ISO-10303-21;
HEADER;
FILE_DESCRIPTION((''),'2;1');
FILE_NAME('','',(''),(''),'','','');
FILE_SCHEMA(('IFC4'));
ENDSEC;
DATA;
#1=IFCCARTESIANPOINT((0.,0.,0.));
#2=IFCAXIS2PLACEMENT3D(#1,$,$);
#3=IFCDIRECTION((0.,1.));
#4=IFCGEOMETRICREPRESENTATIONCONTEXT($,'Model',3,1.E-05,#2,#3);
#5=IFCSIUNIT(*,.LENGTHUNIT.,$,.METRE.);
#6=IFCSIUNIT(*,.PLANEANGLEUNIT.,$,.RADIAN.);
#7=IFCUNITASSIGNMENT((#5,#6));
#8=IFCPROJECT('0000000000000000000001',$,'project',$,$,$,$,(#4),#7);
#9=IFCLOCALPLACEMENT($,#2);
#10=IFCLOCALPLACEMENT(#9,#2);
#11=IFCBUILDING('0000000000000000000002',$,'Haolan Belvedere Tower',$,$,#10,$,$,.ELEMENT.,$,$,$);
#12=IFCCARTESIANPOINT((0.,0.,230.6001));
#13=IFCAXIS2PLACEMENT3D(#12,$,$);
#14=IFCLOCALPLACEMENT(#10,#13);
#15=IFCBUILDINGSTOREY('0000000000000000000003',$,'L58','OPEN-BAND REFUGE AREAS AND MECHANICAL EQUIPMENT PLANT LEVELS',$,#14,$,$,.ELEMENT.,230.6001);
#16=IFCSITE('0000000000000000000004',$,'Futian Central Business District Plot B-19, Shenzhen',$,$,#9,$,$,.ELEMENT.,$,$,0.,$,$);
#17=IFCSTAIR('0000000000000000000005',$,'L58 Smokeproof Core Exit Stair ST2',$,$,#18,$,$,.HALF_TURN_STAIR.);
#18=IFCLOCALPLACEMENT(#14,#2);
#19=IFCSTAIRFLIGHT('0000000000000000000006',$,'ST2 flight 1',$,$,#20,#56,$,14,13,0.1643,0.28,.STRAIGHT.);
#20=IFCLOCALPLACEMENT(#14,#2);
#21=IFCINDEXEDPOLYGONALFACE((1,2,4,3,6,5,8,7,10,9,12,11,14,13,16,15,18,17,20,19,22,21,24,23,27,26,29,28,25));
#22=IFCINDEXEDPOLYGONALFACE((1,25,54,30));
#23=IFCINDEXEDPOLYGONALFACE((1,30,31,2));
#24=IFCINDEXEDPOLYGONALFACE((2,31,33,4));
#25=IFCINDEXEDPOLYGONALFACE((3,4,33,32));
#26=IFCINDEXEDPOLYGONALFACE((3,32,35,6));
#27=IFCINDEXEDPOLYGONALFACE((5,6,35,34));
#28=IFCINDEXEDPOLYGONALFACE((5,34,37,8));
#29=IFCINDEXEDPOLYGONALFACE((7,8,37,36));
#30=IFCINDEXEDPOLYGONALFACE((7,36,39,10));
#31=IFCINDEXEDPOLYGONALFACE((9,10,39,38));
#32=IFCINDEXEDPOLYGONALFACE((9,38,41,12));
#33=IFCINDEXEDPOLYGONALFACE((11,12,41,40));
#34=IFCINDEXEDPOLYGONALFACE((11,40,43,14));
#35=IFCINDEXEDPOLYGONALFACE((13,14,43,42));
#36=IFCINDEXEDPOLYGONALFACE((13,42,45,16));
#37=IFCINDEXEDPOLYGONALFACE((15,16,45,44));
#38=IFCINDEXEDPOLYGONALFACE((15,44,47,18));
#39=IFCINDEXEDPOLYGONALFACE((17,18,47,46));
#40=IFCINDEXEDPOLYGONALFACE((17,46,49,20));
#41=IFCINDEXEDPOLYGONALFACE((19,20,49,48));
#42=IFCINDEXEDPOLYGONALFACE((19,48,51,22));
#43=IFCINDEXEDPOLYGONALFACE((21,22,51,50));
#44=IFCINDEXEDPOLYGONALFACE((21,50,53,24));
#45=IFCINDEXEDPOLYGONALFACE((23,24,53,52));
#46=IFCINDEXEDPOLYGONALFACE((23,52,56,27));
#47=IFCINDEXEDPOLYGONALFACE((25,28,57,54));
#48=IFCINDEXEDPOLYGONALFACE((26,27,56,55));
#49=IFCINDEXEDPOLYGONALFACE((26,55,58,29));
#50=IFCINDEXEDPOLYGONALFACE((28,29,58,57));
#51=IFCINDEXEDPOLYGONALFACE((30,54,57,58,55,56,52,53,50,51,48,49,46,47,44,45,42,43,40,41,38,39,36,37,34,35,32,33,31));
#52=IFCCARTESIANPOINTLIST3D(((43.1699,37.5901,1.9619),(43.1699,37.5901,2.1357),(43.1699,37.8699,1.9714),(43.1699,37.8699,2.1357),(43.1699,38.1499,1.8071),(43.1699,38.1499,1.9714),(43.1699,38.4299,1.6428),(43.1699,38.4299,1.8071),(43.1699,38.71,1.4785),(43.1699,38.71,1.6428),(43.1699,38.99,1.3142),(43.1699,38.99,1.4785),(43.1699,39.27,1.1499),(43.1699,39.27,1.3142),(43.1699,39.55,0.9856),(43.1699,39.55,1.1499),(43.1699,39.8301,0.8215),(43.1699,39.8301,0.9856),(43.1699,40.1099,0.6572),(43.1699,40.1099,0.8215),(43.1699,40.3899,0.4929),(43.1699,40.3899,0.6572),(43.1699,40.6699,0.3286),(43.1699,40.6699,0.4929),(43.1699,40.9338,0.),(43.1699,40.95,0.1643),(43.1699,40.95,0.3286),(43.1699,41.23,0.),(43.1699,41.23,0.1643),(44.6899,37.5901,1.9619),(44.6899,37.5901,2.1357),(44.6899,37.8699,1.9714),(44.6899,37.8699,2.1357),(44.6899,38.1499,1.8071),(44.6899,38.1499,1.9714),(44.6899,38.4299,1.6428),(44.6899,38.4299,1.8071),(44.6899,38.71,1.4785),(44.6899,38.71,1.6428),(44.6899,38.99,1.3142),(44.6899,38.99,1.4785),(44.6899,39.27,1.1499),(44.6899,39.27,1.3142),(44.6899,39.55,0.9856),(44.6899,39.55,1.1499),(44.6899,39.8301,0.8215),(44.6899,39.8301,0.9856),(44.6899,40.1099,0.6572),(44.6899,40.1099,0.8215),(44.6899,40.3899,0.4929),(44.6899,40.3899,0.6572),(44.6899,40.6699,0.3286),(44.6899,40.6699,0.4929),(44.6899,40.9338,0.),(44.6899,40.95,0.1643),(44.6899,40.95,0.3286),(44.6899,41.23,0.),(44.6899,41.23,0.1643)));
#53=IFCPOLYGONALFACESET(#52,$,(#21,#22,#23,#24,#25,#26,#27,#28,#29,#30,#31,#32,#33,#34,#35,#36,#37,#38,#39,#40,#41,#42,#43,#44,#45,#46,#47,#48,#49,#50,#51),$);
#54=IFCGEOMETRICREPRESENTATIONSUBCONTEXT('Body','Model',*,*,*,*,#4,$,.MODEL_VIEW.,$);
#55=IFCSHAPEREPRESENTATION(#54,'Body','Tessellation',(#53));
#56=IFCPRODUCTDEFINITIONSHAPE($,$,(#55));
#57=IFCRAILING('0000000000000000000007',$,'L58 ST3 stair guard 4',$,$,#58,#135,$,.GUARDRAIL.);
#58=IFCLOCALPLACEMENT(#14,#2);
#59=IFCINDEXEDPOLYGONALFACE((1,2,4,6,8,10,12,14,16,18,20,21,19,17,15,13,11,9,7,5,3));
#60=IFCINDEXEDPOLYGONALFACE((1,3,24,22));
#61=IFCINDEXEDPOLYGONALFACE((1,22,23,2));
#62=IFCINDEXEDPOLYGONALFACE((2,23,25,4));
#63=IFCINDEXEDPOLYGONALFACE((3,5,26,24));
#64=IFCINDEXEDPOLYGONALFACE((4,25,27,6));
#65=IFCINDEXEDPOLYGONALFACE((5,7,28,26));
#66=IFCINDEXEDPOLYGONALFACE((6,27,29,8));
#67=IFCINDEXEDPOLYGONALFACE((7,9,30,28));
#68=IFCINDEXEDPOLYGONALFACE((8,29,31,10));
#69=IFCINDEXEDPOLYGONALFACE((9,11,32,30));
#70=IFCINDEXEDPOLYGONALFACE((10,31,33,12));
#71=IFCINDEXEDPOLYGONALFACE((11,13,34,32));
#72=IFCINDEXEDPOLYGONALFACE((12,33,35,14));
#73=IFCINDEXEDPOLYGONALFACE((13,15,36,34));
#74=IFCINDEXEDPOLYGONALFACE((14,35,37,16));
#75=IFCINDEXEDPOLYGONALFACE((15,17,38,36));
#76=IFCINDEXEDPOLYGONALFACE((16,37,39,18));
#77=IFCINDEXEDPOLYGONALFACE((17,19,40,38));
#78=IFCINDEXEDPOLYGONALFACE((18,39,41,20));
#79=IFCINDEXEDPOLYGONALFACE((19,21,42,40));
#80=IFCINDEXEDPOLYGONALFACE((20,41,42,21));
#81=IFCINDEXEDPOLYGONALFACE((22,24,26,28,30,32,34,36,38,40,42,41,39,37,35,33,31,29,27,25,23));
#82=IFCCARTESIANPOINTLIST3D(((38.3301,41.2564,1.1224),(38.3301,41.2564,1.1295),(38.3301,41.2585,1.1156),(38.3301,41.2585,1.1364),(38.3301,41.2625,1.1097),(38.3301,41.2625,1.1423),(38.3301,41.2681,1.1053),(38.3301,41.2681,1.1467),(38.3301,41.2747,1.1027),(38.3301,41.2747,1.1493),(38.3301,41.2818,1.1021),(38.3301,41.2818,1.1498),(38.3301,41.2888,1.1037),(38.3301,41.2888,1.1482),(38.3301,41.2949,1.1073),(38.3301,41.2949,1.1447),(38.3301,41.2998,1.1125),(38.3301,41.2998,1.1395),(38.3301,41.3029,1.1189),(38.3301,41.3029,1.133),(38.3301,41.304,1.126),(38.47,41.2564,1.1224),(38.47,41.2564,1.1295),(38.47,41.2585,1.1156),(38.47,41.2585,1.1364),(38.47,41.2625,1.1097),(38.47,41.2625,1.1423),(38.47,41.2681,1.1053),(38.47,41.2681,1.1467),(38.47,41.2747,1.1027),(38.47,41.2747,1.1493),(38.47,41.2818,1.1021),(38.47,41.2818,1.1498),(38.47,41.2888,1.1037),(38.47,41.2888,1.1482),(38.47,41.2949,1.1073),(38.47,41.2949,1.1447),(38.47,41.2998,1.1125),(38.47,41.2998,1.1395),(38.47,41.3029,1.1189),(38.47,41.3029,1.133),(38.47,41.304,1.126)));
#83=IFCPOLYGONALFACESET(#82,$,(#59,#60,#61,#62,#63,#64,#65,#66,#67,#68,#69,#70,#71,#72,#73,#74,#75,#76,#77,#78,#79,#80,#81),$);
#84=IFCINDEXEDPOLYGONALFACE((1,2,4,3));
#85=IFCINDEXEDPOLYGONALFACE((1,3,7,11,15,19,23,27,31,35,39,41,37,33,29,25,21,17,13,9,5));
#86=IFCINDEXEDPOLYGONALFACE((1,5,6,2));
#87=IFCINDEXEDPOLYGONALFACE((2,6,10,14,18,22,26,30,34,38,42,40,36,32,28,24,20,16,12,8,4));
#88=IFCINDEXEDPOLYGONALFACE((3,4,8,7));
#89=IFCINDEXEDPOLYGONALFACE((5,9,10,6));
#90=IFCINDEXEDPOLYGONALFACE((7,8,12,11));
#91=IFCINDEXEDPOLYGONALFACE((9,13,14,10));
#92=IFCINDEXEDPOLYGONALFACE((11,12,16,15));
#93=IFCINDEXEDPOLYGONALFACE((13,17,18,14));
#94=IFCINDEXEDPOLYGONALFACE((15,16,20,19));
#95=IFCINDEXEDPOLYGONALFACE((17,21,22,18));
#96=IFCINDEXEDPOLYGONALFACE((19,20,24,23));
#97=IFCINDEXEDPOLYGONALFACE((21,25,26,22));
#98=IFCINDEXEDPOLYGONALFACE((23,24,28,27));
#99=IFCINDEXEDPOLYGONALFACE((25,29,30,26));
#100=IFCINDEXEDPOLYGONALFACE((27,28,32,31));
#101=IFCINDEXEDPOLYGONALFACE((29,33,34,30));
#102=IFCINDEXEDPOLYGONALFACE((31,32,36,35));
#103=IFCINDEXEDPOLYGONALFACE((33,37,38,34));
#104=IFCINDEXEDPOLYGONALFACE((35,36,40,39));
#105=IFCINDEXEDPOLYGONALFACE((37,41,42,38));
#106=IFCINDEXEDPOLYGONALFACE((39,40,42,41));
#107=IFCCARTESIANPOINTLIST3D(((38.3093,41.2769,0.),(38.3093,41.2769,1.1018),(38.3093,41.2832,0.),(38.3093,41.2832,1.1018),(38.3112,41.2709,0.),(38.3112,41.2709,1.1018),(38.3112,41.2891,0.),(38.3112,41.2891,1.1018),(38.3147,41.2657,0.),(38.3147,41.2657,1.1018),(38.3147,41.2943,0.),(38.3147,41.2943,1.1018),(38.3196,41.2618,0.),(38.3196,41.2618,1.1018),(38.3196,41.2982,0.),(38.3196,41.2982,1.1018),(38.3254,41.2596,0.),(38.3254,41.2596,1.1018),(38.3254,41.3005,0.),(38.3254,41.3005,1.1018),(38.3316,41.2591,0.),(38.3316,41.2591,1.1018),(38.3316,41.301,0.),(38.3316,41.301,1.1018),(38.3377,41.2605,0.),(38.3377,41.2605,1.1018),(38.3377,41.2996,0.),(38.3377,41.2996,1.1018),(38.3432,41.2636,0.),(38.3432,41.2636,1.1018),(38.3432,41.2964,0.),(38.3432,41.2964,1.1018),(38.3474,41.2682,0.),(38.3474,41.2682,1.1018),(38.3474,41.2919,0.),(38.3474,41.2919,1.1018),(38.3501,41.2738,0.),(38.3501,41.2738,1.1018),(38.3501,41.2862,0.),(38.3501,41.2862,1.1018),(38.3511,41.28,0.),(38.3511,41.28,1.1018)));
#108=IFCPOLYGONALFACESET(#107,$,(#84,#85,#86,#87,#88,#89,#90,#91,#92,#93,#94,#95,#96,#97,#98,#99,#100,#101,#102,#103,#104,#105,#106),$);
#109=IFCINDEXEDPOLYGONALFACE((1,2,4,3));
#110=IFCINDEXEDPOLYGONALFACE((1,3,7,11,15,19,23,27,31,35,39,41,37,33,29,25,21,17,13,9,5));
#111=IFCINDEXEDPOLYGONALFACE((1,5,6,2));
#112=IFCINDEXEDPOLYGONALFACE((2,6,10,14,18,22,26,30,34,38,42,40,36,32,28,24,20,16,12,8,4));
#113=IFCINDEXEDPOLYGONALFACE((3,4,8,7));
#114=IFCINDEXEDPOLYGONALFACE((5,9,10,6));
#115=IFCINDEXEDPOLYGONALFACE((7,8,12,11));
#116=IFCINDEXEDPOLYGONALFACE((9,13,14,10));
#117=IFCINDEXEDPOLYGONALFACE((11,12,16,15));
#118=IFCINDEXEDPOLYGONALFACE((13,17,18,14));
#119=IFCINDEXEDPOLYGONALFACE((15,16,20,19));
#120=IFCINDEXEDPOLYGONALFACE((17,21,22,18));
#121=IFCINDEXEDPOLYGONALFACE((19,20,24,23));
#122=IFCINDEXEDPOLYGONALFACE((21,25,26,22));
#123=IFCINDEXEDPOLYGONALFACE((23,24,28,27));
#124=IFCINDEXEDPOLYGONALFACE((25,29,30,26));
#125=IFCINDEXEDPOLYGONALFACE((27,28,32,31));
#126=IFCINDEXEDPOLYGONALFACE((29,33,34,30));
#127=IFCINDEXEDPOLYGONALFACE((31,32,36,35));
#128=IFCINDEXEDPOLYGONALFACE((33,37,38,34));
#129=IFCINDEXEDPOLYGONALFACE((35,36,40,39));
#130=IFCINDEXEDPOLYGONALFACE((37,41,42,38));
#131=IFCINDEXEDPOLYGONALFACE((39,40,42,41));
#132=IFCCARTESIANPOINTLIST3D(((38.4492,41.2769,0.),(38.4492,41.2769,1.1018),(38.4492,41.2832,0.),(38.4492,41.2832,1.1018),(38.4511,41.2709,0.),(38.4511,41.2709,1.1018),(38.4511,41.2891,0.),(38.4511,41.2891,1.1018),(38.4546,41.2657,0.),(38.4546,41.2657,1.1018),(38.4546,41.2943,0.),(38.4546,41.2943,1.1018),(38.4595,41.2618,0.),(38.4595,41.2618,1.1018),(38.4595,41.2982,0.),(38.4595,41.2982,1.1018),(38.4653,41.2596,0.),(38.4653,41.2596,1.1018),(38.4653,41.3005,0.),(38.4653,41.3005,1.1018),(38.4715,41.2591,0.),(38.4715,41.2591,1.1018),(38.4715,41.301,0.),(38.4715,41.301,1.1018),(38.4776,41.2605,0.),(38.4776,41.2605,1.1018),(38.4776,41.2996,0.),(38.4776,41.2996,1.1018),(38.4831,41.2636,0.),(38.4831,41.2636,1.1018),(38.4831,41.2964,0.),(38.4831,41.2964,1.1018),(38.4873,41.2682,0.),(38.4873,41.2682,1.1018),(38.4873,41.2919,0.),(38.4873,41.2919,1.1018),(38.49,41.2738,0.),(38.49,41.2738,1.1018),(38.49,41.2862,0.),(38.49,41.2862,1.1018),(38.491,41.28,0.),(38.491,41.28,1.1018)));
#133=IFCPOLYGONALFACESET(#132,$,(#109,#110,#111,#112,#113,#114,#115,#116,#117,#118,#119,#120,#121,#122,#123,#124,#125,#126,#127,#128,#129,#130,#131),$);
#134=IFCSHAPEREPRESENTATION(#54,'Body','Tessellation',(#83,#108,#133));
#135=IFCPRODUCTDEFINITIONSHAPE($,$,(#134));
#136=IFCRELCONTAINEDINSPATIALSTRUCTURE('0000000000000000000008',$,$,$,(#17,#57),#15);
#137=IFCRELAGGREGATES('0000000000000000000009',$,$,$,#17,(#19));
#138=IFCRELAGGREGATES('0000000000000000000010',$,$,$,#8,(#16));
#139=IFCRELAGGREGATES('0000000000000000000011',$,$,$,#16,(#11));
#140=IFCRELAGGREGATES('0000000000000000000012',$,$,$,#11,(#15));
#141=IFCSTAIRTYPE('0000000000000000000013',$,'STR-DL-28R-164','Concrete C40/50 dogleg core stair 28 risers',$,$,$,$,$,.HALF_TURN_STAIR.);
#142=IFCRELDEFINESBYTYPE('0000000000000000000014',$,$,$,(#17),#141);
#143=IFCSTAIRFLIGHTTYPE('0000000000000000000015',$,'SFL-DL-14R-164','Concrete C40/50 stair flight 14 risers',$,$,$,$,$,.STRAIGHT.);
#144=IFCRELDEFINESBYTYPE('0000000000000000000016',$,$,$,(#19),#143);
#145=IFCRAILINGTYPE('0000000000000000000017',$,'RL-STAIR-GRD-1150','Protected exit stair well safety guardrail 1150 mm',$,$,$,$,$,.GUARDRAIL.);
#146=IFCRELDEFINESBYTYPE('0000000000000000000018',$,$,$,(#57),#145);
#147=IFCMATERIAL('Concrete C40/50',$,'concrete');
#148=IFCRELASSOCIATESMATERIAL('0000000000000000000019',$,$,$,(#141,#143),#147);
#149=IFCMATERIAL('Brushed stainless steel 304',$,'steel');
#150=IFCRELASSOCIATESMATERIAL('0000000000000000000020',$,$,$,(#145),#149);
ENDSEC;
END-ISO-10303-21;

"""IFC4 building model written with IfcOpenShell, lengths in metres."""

from ifc_helpers import new_model, si_unit, direction, frame, origin, origin_2d, place, context, subcontext, project, spatial, polyline, circle, outline, extrude, material, type_object, element, aggregate, save


model = new_model("IFC4")

# Units and contexts
model_context = context("Model", 3, precision=1e-05, world=origin(), true_north=direction((0.0, 1.0)))
body_context = subcontext(model_context, "Body", "Model", "MODEL_VIEW")
ifc_project = project(units=[si_unit("LENGTHUNIT", "METRE"), si_unit("PLANEANGLEUNIT", "RADIAN")], contexts=[model_context])

# Site, building, storey
site_placement = place(None, origin())
site = spatial("IfcSite", under=ifc_project, at=site_placement, Name="Futian Central Business District Plot B-19, Shenzhen", CompositionType="ELEMENT", RefElevation=0.0)
building_placement = place(site_placement, origin())
building = spatial("IfcBuilding", under=site, at=building_placement, Name="Haolan Belvedere Tower", CompositionType="ELEMENT")
storey_placement = place(building_placement, frame((0.0, 0.0, 230.6001)))
storey = spatial("IfcBuildingStorey", under=building, at=storey_placement, Name="L58", Description="OPEN-BAND REFUGE AREAS AND MECHANICAL EQUIPMENT PLANT LEVELS", CompositionType="ELEMENT", Elevation=230.6001)

# Shared definitions
ifc_material_1 = material(Name="Concrete C40/50", Category="concrete")

# Stair, stair flight
stair_type = type_object("IfcStairType", Name="STR-DL-28R-164", Description="Concrete C40/50 dogleg core stair 28 risers", PredefinedType="HALF_TURN_STAIR", material=ifc_material_1)
stair_placement = place(storey_placement, origin())
stair = element("IfcStair", 1, at=stair_placement, inside=storey, type_object=stair_type, Name="L58 Smokeproof Core Exit Stair ST2", PredefinedType="HALF_TURN_STAIR")
stair_flight_type = type_object("IfcStairFlightType", Name="SFL-DL-14R-164", Description="Concrete C40/50 stair flight 14 risers", PredefinedType="STRAIGHT", material=ifc_material_1)
stair_flight_placement = place(storey_placement, frame((43.9299, 41.23, 0.0), z_axis=(0.0, 0.0, 1.0), x_axis=(0.0, -1.0, 0.0)))
stair_flight = element("IfcStairFlight", 2, at=stair_flight_placement, type_object=stair_flight_type, Name="ST2 flight 1", NumberOfRisers=14, NumberOfTreads=13, PredefinedType="STRAIGHT", RiserHeight=0.1643, TreadLength=0.28, context=body_context, shape_type="SweptSolid", body=[
    extrude(outline(polyline([(0.0, 0.0), (0.0, 0.1643), (0.28, 0.1643), (0.28, 0.3286), (0.5601, 0.3286), (0.5601, 0.4929), (0.8401, 0.4929), (0.8401, 0.6572), (1.1201, 0.6572), (1.1201, 0.8215), (1.3999, 0.8215), (1.3999, 0.9856), (1.6799, 0.9856), (1.6799, 1.1499), (1.96, 1.1499), (1.96, 1.3142), (2.24, 1.3142), (2.24, 1.4785), (2.52, 1.4785), (2.52, 1.6428), (2.8, 1.6428), (2.8, 1.8071), (3.0801, 1.8071), (3.0801, 1.9714), (3.3601, 1.9714), (3.3601, 2.1357), (3.6399, 2.1357), (3.6399, 2.3), (3.6399, 1.9619), (0.2961, 0.0), (0.0, 0.0)])), frame((0.0, 0.76, 0.0), z_axis=(0.0, -1.0, 0.0), x_axis=(1.0, 0.0, 0.0)), (0.0, 0.0, 1.0), 1.52),
])
aggregate(stair, [stair_flight])

# Railing
ifc_material_2 = material(Name="Brushed stainless steel 304", Category="steel")
railing_type = type_object("IfcRailingType", Name="RL-STAIR-GRD-1150", Description="Protected exit stair well safety guardrail 1150 mm", PredefinedType="GUARDRAIL", material=ifc_material_2)
railing_1_placement = place(storey_placement, frame((38.3301, 41.28, 0.0)))
element("IfcRailing", 3, at=railing_1_placement, inside=storey, type_object=railing_type, Name="L58 ST3 stair guard 4", PredefinedType="GUARDRAIL", context=body_context, shape_type="SweptSolid", body=[
    extrude(circle(Radius=0.0239, at=origin_2d()), frame((0.0, 0.0, 1.126), z_axis=(1.0, 0.0, 0.0), x_axis=(0.0, 1.0, 0.0)), (0.0, 0.0, 1.0), 0.1399),
    extrude(circle(Radius=0.021, at=origin_2d()), origin(), (0.0, 0.0, 1.0), 1.1018),
    extrude(circle(Radius=0.021, at=origin_2d()), frame((0.1399, 0.0, 0.0)), (0.0, 0.0, 1.0), 1.1018),
])

save(model, "model.ifc")
